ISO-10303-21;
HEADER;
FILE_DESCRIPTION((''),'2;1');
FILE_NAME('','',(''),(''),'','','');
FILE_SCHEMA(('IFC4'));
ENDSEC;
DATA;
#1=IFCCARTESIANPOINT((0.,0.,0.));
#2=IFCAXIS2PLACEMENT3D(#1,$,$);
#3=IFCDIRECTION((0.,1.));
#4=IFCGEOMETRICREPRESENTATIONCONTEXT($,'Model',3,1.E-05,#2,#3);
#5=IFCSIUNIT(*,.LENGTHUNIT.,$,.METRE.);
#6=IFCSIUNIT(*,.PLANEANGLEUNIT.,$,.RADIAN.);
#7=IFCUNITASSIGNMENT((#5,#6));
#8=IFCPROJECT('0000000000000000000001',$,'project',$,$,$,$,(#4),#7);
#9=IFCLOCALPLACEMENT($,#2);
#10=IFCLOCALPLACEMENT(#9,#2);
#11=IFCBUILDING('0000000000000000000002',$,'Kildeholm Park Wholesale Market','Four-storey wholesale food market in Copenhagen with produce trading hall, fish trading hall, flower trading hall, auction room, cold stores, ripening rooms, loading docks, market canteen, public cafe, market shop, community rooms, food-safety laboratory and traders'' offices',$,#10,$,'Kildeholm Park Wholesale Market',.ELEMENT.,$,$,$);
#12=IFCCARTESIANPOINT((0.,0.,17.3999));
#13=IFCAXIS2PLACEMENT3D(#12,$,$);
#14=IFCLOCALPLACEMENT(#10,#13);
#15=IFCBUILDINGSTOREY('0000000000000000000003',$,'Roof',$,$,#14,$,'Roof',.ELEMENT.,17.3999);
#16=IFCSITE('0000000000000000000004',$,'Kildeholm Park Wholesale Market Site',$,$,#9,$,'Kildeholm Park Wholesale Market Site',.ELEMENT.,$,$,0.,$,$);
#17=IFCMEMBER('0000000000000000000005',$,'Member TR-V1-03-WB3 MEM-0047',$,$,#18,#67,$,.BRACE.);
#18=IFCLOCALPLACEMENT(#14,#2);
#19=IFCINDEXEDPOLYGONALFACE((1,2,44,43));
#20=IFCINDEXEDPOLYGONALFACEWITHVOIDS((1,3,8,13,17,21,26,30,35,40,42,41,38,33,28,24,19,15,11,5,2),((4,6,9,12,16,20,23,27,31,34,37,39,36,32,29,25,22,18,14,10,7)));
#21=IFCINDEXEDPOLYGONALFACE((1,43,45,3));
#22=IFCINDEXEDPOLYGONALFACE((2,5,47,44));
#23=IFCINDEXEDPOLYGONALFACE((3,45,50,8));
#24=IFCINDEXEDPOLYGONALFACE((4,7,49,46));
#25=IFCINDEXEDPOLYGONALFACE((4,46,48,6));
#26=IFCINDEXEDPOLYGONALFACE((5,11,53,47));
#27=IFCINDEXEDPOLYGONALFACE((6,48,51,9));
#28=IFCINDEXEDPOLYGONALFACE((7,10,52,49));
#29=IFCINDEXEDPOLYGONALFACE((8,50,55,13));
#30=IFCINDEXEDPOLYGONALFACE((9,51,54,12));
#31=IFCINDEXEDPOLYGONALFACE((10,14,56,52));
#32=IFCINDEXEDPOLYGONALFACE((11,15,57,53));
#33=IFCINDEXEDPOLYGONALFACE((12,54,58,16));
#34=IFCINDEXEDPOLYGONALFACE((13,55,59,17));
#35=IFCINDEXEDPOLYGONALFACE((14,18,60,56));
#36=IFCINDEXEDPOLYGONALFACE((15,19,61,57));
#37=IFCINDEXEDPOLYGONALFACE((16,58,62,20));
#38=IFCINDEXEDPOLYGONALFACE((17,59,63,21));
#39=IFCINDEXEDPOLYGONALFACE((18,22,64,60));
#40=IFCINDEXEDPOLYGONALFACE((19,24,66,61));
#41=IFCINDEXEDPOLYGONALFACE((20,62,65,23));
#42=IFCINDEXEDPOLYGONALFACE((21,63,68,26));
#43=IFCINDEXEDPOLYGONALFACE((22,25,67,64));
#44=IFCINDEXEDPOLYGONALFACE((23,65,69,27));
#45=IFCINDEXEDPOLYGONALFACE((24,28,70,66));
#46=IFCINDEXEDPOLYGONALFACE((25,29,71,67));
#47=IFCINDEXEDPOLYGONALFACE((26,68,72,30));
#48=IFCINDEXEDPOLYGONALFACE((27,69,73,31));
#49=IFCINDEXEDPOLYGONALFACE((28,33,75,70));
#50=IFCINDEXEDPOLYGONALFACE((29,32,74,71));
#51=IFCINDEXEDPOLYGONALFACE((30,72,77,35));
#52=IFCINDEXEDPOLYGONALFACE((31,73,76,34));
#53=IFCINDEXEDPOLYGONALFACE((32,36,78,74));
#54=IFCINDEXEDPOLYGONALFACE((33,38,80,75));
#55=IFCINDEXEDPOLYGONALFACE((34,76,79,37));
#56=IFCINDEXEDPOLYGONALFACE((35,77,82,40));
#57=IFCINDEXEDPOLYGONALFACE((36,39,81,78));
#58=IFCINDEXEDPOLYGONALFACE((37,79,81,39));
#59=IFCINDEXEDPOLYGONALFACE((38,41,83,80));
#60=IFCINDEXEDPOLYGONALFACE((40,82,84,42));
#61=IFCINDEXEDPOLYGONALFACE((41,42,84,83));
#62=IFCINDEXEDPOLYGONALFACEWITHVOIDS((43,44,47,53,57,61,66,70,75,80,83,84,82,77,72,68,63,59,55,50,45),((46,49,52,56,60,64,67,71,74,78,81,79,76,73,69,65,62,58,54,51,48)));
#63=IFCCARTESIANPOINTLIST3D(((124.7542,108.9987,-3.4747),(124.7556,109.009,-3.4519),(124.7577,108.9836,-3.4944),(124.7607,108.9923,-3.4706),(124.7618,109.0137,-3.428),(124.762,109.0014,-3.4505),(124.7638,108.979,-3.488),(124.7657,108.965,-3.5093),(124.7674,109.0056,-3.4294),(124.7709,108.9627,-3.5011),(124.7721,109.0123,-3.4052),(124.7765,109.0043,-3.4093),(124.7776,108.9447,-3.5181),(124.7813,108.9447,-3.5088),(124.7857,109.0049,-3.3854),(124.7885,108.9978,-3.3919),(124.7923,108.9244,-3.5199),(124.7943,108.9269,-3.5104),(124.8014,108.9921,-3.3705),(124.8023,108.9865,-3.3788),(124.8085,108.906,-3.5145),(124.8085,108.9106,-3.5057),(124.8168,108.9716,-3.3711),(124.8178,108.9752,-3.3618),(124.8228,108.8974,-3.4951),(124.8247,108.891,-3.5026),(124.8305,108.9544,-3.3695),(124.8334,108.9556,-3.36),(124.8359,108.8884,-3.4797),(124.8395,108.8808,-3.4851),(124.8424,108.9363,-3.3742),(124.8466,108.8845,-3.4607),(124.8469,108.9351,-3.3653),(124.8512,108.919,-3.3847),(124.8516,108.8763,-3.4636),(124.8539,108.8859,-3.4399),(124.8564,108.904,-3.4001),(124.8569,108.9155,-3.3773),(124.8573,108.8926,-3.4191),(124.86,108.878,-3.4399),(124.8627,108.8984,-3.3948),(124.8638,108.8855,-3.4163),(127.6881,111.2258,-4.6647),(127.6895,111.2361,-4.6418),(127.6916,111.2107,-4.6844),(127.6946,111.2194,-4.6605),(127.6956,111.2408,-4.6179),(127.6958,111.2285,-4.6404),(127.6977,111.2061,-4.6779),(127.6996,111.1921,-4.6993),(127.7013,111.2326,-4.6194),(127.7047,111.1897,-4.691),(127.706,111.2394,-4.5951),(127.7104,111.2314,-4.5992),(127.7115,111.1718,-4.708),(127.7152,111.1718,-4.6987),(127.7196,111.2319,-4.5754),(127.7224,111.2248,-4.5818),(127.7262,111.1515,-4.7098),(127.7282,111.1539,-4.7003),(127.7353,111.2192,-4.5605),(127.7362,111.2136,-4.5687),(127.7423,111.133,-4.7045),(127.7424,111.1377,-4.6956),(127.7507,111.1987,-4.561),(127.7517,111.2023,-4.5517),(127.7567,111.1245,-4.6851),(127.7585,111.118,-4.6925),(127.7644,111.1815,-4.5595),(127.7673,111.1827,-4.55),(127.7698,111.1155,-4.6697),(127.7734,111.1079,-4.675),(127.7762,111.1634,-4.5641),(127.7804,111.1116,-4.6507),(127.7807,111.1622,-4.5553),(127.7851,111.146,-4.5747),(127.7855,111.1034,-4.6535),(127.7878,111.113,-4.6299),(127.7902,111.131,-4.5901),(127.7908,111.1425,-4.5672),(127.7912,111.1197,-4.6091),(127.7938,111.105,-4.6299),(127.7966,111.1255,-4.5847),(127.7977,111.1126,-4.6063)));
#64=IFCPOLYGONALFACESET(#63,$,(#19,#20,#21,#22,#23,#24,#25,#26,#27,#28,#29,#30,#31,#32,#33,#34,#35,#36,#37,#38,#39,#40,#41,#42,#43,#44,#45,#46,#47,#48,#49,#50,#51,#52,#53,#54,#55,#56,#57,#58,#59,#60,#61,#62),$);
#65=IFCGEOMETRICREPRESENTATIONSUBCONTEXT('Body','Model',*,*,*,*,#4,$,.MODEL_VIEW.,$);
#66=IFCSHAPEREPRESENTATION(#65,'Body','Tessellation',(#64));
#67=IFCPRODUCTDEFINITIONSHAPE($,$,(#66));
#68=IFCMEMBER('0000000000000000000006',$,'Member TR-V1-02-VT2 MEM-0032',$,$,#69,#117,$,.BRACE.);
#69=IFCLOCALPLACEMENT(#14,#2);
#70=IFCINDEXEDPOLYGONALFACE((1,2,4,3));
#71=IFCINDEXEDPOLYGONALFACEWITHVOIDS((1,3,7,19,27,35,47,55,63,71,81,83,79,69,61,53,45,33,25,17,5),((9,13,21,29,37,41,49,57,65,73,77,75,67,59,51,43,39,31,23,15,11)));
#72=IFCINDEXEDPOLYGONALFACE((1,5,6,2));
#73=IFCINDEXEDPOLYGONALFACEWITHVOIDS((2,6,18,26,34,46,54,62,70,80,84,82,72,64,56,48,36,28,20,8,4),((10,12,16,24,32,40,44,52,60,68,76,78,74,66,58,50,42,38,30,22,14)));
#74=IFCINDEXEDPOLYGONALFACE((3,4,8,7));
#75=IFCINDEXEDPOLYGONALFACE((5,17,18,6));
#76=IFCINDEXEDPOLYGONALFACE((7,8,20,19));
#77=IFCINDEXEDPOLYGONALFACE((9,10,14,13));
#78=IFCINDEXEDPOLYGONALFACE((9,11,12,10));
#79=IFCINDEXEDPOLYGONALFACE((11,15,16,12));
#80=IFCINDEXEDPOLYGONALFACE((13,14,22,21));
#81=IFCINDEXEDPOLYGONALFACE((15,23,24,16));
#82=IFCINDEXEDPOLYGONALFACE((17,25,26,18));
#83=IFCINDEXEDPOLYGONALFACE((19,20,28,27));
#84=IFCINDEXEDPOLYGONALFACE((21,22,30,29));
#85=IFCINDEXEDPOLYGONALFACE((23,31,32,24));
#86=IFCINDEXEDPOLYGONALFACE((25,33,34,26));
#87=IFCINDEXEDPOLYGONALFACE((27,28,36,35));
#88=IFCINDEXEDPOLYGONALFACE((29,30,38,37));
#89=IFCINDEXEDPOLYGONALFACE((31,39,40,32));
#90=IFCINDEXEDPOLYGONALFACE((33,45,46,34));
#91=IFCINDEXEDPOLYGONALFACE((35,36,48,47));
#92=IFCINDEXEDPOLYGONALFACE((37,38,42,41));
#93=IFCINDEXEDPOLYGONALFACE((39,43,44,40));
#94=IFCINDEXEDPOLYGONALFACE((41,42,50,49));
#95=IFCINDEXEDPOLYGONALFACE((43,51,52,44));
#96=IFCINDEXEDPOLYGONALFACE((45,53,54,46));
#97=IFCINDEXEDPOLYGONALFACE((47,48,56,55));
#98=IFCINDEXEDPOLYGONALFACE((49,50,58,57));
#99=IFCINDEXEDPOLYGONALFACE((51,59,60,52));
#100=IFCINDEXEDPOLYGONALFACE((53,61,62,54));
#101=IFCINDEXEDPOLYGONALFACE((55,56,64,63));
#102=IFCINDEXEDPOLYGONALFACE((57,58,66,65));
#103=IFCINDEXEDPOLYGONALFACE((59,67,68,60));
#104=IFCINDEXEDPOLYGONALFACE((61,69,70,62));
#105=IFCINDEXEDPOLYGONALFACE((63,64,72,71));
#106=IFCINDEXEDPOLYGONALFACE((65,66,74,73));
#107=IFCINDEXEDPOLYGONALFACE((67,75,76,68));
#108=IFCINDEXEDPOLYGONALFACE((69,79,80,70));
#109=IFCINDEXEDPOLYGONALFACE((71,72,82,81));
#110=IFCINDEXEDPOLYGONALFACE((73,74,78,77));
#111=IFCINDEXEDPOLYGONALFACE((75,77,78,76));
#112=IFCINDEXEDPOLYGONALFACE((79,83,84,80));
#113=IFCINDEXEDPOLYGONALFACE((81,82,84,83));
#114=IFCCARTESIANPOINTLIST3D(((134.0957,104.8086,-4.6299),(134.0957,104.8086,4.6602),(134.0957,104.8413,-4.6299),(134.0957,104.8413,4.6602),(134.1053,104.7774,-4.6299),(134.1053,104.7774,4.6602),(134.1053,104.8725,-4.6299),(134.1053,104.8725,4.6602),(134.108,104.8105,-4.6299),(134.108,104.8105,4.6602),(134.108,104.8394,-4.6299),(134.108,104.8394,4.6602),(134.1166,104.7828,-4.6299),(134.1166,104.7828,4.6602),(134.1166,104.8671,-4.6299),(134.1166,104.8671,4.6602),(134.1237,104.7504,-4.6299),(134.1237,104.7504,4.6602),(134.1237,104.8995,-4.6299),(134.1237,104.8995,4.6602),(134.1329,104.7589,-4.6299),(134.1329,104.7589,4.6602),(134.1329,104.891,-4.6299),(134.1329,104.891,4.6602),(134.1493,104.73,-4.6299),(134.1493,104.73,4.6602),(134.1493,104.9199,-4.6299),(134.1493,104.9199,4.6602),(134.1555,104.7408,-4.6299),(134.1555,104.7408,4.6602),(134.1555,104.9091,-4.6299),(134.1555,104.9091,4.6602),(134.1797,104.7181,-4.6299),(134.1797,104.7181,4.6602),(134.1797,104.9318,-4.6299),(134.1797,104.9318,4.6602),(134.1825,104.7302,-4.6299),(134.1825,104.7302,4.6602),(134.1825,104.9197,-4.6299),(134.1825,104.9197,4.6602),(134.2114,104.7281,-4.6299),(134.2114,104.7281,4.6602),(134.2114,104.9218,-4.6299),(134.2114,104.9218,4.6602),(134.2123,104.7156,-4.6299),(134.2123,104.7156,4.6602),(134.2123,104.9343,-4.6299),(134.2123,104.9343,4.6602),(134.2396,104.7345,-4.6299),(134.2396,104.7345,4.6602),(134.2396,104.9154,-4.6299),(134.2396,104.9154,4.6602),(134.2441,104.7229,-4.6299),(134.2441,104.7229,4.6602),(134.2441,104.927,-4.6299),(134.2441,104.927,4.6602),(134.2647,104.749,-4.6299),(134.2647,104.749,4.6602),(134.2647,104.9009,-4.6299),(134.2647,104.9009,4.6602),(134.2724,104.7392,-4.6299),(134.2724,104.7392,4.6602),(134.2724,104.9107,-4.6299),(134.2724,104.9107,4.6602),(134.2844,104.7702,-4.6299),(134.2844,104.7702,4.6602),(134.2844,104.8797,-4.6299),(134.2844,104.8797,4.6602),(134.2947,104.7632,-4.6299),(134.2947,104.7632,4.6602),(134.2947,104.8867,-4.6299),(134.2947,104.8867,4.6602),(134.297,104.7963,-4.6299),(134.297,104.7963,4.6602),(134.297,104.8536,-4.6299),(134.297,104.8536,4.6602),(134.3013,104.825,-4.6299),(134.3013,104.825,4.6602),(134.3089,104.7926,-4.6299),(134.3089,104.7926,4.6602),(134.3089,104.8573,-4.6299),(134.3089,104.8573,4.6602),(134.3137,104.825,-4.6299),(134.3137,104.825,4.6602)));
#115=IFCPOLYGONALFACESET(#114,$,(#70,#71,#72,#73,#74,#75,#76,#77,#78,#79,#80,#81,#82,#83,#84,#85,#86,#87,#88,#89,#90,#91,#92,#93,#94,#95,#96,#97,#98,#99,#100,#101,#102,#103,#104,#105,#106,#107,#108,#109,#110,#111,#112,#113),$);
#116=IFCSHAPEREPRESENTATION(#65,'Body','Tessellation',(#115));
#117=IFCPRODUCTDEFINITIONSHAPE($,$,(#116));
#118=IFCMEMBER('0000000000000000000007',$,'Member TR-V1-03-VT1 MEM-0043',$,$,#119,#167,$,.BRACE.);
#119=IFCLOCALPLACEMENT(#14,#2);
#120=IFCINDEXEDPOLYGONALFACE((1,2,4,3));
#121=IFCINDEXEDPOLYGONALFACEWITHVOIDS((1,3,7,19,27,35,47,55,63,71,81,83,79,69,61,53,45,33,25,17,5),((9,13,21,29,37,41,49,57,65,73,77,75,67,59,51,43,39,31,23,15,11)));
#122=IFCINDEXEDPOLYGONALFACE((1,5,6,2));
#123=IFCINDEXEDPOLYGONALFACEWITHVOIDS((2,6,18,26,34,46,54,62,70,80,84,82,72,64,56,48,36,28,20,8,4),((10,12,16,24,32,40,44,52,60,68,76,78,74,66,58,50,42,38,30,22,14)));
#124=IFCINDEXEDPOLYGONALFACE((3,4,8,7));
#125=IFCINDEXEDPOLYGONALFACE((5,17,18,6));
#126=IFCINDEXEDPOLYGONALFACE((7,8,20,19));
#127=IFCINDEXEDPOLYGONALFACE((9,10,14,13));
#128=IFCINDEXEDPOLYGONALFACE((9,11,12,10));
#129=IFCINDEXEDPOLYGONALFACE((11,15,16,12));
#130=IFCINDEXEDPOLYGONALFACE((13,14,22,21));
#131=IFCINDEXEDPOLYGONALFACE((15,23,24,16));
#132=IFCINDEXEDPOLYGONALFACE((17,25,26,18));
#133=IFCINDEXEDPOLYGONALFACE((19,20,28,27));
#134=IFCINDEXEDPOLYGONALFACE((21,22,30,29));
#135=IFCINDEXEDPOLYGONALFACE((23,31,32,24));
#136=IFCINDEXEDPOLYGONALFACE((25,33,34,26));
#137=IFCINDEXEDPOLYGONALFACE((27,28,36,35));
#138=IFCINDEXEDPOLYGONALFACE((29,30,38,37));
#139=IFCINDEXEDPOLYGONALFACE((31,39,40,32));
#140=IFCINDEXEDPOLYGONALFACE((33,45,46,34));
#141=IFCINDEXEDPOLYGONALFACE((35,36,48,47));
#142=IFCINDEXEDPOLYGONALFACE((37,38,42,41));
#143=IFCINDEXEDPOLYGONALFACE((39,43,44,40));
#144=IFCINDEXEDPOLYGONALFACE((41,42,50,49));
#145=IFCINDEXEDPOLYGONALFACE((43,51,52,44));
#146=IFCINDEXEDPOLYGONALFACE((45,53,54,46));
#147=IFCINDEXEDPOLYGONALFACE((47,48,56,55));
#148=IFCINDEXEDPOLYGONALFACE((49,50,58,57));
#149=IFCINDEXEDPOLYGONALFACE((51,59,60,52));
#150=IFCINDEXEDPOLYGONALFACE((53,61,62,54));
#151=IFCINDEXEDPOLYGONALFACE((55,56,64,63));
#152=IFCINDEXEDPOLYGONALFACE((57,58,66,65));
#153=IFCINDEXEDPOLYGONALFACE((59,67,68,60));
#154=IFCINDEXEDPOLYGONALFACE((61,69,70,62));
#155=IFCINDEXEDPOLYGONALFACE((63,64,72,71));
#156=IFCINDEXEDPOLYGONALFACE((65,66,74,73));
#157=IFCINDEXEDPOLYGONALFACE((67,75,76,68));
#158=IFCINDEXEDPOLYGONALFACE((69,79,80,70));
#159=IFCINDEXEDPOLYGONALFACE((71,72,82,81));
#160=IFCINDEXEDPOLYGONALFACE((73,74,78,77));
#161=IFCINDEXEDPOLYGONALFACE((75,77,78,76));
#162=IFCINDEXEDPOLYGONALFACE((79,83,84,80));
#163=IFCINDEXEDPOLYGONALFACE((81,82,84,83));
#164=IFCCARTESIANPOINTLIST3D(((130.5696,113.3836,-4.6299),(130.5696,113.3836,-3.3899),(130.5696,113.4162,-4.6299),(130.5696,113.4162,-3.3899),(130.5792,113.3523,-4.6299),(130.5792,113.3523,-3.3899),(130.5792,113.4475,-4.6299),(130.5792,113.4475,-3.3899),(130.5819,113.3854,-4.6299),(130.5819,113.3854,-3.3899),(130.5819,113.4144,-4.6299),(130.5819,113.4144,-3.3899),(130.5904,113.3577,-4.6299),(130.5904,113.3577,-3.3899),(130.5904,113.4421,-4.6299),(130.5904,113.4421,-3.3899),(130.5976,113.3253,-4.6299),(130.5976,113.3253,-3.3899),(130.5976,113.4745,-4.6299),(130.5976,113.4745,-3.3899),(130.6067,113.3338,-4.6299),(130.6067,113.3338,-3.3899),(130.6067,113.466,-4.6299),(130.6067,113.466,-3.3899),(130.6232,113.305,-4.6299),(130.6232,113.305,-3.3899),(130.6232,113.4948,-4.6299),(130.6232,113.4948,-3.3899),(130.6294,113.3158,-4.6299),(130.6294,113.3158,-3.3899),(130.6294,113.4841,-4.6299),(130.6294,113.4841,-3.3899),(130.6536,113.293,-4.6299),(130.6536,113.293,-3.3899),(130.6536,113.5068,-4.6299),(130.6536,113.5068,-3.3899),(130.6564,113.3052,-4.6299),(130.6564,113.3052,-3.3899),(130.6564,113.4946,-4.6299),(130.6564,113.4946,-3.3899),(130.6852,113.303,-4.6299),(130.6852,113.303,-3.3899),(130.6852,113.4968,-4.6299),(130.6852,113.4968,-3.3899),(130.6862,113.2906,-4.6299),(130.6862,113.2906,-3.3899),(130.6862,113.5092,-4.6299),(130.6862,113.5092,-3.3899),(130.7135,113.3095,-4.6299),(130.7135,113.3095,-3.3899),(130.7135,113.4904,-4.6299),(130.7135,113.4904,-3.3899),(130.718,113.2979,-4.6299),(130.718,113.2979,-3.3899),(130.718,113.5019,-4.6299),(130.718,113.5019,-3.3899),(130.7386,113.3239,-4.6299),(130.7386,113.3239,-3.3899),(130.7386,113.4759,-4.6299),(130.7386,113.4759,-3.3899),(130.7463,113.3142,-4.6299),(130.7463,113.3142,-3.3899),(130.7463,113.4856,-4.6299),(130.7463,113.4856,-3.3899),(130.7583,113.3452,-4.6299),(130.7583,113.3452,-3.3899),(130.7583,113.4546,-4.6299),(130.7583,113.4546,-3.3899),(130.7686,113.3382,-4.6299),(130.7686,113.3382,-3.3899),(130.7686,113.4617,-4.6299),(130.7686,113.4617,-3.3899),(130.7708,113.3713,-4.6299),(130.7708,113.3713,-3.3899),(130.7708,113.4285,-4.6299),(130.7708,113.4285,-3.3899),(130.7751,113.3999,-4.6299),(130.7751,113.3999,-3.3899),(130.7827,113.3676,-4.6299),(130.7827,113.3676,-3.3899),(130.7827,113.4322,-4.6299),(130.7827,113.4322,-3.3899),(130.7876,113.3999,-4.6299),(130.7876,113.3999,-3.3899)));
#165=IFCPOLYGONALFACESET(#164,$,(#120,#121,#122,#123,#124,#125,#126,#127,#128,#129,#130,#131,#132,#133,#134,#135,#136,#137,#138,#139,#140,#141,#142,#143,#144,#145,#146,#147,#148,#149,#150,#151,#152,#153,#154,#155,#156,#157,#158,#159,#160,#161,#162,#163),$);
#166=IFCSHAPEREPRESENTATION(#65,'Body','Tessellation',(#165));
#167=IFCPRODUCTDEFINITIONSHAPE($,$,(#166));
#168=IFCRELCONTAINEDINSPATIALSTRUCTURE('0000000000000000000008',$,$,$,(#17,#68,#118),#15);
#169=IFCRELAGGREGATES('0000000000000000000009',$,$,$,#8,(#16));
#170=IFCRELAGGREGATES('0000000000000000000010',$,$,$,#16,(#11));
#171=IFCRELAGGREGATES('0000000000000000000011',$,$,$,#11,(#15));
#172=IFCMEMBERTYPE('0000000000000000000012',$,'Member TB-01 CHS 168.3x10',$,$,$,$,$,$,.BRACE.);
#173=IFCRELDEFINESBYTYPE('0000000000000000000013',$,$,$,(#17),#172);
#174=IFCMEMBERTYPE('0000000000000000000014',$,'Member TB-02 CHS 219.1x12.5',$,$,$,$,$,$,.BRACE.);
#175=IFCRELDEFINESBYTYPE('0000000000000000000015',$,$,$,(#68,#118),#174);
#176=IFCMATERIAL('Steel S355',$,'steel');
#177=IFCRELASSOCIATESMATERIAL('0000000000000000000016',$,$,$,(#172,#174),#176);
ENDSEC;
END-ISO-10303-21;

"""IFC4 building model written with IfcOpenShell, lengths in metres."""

from ifc_helpers import new_model, si_unit, direction, frame, origin, origin_2d, place, context, subcontext, project, spatial, hollow_circle, extrude, material, material_profile, profile_set, type_object, element, save


model = new_model("IFC4")

# Units and contexts
model_context = context("Model", 3, precision=1e-05, world=origin(), true_north=direction((0.0, 1.0)))
body_context = subcontext(model_context, "Body", "Model", "MODEL_VIEW")
ifc_project = project(units=[si_unit("LENGTHUNIT", "METRE"), si_unit("PLANEANGLEUNIT", "RADIAN")], contexts=[model_context])

# Site, building, storey
site_placement = place(None, origin())
site = spatial("IfcSite", under=ifc_project, at=site_placement, Name="Kildeholm Park Wholesale Market Site", LongName="Kildeholm Park Wholesale Market Site", CompositionType="ELEMENT", RefElevation=0.0)
building_placement = place(site_placement, origin())
building = spatial("IfcBuilding", under=site, at=building_placement, Name="Kildeholm Park Wholesale Market", Description="Four-storey wholesale food market in Copenhagen with produce trading hall, fish trading hall, flower trading hall, auction room, cold stores, ripening rooms, loading docks, market canteen, public cafe, market shop, community rooms, food-safety laboratory and traders' offices", LongName="Kildeholm Park Wholesale Market", CompositionType="ELEMENT")
storey_placement = place(building_placement, frame((0.0, 0.0, 17.3999)))
storey = spatial("IfcBuildingStorey", under=building, at=storey_placement, Name="Roof", LongName="Roof", CompositionType="ELEMENT", Elevation=17.3999)

# Shared definitions
ifc_material_1 = material(Name="Steel S355", Category="steel")

# Members
ifc_material_profile_1 = material_profile(ifc_material_1, hollow_circle(Radius=0.0842, WallThickness=0.01, at=origin_2d()), Name="CHS 168.3x10")
ifc_profile_set_1 = profile_set([ifc_material_profile_1], Name="Steel S355")
member_type_1 = type_object("IfcMemberType", Name="Member TB-01 CHS 168.3x10", PredefinedType="BRACE", material=ifc_profile_set_1)
member_1_placement = place(storey_placement, frame((127.7429, 111.1721, -4.6299), z_axis=(-0.75794, -0.575346, 0.307415), x_axis=(0.604624, -0.796511, 0.0)))
element("IfcMember", 1, at=member_1_placement, inside=storey, type_object=member_type_1, Name="Member TR-V1-03-WB3 MEM-0047", PredefinedType="BRACE", context=body_context, shape_type="SweptSolid", body=[
    extrude(hollow_circle(Radius=0.0842, WallThickness=0.01, at=origin_2d()), origin(), (0.0, 0.0, 1.0), 3.8708),
])
ifc_material_profile_2 = material_profile(ifc_material_1, hollow_circle(Radius=0.1096, WallThickness=0.0125, at=origin_2d()), Name="CHS 219.1x12.5")
ifc_profile_set_2 = profile_set([ifc_material_profile_2], Name="Steel S355")
member_type_2 = type_object("IfcMemberType", Name="Member TB-02 CHS 219.1x12.5", PredefinedType="BRACE", material=ifc_profile_set_2)
member_2_placement = place(storey_placement, frame((134.2041, 104.825, -4.6299), z_axis=(0.0, 0.0, 1.0), x_axis=(1.0, 0.0, 0.0)))
element("IfcMember", 2, at=member_2_placement, inside=storey, type_object=member_type_2, Name="Member TR-V1-02-VT2 MEM-0032", PredefinedType="BRACE", context=body_context, shape_type="SweptSolid", body=[
    extrude(hollow_circle(Radius=0.1096, WallThickness=0.0125, at=origin_2d()), origin(), (0.0, 0.0, 1.0), 9.29),
])
member_3_placement = place(storey_placement, frame((130.678, 113.3999, -4.6299), z_axis=(0.0, 0.0, 1.0), x_axis=(1.0, 0.0, 0.0)))
element("IfcMember", 3, at=member_3_placement, inside=storey, type_object=member_type_2, Name="Member TR-V1-03-VT1 MEM-0043", PredefinedType="BRACE", context=body_context, shape_type="SweptSolid", body=[
    extrude(hollow_circle(Radius=0.1096, WallThickness=0.0125, at=origin_2d()), origin(), (0.0, 0.0, 1.0), 1.24),
])

save(model, "model.ifc")
